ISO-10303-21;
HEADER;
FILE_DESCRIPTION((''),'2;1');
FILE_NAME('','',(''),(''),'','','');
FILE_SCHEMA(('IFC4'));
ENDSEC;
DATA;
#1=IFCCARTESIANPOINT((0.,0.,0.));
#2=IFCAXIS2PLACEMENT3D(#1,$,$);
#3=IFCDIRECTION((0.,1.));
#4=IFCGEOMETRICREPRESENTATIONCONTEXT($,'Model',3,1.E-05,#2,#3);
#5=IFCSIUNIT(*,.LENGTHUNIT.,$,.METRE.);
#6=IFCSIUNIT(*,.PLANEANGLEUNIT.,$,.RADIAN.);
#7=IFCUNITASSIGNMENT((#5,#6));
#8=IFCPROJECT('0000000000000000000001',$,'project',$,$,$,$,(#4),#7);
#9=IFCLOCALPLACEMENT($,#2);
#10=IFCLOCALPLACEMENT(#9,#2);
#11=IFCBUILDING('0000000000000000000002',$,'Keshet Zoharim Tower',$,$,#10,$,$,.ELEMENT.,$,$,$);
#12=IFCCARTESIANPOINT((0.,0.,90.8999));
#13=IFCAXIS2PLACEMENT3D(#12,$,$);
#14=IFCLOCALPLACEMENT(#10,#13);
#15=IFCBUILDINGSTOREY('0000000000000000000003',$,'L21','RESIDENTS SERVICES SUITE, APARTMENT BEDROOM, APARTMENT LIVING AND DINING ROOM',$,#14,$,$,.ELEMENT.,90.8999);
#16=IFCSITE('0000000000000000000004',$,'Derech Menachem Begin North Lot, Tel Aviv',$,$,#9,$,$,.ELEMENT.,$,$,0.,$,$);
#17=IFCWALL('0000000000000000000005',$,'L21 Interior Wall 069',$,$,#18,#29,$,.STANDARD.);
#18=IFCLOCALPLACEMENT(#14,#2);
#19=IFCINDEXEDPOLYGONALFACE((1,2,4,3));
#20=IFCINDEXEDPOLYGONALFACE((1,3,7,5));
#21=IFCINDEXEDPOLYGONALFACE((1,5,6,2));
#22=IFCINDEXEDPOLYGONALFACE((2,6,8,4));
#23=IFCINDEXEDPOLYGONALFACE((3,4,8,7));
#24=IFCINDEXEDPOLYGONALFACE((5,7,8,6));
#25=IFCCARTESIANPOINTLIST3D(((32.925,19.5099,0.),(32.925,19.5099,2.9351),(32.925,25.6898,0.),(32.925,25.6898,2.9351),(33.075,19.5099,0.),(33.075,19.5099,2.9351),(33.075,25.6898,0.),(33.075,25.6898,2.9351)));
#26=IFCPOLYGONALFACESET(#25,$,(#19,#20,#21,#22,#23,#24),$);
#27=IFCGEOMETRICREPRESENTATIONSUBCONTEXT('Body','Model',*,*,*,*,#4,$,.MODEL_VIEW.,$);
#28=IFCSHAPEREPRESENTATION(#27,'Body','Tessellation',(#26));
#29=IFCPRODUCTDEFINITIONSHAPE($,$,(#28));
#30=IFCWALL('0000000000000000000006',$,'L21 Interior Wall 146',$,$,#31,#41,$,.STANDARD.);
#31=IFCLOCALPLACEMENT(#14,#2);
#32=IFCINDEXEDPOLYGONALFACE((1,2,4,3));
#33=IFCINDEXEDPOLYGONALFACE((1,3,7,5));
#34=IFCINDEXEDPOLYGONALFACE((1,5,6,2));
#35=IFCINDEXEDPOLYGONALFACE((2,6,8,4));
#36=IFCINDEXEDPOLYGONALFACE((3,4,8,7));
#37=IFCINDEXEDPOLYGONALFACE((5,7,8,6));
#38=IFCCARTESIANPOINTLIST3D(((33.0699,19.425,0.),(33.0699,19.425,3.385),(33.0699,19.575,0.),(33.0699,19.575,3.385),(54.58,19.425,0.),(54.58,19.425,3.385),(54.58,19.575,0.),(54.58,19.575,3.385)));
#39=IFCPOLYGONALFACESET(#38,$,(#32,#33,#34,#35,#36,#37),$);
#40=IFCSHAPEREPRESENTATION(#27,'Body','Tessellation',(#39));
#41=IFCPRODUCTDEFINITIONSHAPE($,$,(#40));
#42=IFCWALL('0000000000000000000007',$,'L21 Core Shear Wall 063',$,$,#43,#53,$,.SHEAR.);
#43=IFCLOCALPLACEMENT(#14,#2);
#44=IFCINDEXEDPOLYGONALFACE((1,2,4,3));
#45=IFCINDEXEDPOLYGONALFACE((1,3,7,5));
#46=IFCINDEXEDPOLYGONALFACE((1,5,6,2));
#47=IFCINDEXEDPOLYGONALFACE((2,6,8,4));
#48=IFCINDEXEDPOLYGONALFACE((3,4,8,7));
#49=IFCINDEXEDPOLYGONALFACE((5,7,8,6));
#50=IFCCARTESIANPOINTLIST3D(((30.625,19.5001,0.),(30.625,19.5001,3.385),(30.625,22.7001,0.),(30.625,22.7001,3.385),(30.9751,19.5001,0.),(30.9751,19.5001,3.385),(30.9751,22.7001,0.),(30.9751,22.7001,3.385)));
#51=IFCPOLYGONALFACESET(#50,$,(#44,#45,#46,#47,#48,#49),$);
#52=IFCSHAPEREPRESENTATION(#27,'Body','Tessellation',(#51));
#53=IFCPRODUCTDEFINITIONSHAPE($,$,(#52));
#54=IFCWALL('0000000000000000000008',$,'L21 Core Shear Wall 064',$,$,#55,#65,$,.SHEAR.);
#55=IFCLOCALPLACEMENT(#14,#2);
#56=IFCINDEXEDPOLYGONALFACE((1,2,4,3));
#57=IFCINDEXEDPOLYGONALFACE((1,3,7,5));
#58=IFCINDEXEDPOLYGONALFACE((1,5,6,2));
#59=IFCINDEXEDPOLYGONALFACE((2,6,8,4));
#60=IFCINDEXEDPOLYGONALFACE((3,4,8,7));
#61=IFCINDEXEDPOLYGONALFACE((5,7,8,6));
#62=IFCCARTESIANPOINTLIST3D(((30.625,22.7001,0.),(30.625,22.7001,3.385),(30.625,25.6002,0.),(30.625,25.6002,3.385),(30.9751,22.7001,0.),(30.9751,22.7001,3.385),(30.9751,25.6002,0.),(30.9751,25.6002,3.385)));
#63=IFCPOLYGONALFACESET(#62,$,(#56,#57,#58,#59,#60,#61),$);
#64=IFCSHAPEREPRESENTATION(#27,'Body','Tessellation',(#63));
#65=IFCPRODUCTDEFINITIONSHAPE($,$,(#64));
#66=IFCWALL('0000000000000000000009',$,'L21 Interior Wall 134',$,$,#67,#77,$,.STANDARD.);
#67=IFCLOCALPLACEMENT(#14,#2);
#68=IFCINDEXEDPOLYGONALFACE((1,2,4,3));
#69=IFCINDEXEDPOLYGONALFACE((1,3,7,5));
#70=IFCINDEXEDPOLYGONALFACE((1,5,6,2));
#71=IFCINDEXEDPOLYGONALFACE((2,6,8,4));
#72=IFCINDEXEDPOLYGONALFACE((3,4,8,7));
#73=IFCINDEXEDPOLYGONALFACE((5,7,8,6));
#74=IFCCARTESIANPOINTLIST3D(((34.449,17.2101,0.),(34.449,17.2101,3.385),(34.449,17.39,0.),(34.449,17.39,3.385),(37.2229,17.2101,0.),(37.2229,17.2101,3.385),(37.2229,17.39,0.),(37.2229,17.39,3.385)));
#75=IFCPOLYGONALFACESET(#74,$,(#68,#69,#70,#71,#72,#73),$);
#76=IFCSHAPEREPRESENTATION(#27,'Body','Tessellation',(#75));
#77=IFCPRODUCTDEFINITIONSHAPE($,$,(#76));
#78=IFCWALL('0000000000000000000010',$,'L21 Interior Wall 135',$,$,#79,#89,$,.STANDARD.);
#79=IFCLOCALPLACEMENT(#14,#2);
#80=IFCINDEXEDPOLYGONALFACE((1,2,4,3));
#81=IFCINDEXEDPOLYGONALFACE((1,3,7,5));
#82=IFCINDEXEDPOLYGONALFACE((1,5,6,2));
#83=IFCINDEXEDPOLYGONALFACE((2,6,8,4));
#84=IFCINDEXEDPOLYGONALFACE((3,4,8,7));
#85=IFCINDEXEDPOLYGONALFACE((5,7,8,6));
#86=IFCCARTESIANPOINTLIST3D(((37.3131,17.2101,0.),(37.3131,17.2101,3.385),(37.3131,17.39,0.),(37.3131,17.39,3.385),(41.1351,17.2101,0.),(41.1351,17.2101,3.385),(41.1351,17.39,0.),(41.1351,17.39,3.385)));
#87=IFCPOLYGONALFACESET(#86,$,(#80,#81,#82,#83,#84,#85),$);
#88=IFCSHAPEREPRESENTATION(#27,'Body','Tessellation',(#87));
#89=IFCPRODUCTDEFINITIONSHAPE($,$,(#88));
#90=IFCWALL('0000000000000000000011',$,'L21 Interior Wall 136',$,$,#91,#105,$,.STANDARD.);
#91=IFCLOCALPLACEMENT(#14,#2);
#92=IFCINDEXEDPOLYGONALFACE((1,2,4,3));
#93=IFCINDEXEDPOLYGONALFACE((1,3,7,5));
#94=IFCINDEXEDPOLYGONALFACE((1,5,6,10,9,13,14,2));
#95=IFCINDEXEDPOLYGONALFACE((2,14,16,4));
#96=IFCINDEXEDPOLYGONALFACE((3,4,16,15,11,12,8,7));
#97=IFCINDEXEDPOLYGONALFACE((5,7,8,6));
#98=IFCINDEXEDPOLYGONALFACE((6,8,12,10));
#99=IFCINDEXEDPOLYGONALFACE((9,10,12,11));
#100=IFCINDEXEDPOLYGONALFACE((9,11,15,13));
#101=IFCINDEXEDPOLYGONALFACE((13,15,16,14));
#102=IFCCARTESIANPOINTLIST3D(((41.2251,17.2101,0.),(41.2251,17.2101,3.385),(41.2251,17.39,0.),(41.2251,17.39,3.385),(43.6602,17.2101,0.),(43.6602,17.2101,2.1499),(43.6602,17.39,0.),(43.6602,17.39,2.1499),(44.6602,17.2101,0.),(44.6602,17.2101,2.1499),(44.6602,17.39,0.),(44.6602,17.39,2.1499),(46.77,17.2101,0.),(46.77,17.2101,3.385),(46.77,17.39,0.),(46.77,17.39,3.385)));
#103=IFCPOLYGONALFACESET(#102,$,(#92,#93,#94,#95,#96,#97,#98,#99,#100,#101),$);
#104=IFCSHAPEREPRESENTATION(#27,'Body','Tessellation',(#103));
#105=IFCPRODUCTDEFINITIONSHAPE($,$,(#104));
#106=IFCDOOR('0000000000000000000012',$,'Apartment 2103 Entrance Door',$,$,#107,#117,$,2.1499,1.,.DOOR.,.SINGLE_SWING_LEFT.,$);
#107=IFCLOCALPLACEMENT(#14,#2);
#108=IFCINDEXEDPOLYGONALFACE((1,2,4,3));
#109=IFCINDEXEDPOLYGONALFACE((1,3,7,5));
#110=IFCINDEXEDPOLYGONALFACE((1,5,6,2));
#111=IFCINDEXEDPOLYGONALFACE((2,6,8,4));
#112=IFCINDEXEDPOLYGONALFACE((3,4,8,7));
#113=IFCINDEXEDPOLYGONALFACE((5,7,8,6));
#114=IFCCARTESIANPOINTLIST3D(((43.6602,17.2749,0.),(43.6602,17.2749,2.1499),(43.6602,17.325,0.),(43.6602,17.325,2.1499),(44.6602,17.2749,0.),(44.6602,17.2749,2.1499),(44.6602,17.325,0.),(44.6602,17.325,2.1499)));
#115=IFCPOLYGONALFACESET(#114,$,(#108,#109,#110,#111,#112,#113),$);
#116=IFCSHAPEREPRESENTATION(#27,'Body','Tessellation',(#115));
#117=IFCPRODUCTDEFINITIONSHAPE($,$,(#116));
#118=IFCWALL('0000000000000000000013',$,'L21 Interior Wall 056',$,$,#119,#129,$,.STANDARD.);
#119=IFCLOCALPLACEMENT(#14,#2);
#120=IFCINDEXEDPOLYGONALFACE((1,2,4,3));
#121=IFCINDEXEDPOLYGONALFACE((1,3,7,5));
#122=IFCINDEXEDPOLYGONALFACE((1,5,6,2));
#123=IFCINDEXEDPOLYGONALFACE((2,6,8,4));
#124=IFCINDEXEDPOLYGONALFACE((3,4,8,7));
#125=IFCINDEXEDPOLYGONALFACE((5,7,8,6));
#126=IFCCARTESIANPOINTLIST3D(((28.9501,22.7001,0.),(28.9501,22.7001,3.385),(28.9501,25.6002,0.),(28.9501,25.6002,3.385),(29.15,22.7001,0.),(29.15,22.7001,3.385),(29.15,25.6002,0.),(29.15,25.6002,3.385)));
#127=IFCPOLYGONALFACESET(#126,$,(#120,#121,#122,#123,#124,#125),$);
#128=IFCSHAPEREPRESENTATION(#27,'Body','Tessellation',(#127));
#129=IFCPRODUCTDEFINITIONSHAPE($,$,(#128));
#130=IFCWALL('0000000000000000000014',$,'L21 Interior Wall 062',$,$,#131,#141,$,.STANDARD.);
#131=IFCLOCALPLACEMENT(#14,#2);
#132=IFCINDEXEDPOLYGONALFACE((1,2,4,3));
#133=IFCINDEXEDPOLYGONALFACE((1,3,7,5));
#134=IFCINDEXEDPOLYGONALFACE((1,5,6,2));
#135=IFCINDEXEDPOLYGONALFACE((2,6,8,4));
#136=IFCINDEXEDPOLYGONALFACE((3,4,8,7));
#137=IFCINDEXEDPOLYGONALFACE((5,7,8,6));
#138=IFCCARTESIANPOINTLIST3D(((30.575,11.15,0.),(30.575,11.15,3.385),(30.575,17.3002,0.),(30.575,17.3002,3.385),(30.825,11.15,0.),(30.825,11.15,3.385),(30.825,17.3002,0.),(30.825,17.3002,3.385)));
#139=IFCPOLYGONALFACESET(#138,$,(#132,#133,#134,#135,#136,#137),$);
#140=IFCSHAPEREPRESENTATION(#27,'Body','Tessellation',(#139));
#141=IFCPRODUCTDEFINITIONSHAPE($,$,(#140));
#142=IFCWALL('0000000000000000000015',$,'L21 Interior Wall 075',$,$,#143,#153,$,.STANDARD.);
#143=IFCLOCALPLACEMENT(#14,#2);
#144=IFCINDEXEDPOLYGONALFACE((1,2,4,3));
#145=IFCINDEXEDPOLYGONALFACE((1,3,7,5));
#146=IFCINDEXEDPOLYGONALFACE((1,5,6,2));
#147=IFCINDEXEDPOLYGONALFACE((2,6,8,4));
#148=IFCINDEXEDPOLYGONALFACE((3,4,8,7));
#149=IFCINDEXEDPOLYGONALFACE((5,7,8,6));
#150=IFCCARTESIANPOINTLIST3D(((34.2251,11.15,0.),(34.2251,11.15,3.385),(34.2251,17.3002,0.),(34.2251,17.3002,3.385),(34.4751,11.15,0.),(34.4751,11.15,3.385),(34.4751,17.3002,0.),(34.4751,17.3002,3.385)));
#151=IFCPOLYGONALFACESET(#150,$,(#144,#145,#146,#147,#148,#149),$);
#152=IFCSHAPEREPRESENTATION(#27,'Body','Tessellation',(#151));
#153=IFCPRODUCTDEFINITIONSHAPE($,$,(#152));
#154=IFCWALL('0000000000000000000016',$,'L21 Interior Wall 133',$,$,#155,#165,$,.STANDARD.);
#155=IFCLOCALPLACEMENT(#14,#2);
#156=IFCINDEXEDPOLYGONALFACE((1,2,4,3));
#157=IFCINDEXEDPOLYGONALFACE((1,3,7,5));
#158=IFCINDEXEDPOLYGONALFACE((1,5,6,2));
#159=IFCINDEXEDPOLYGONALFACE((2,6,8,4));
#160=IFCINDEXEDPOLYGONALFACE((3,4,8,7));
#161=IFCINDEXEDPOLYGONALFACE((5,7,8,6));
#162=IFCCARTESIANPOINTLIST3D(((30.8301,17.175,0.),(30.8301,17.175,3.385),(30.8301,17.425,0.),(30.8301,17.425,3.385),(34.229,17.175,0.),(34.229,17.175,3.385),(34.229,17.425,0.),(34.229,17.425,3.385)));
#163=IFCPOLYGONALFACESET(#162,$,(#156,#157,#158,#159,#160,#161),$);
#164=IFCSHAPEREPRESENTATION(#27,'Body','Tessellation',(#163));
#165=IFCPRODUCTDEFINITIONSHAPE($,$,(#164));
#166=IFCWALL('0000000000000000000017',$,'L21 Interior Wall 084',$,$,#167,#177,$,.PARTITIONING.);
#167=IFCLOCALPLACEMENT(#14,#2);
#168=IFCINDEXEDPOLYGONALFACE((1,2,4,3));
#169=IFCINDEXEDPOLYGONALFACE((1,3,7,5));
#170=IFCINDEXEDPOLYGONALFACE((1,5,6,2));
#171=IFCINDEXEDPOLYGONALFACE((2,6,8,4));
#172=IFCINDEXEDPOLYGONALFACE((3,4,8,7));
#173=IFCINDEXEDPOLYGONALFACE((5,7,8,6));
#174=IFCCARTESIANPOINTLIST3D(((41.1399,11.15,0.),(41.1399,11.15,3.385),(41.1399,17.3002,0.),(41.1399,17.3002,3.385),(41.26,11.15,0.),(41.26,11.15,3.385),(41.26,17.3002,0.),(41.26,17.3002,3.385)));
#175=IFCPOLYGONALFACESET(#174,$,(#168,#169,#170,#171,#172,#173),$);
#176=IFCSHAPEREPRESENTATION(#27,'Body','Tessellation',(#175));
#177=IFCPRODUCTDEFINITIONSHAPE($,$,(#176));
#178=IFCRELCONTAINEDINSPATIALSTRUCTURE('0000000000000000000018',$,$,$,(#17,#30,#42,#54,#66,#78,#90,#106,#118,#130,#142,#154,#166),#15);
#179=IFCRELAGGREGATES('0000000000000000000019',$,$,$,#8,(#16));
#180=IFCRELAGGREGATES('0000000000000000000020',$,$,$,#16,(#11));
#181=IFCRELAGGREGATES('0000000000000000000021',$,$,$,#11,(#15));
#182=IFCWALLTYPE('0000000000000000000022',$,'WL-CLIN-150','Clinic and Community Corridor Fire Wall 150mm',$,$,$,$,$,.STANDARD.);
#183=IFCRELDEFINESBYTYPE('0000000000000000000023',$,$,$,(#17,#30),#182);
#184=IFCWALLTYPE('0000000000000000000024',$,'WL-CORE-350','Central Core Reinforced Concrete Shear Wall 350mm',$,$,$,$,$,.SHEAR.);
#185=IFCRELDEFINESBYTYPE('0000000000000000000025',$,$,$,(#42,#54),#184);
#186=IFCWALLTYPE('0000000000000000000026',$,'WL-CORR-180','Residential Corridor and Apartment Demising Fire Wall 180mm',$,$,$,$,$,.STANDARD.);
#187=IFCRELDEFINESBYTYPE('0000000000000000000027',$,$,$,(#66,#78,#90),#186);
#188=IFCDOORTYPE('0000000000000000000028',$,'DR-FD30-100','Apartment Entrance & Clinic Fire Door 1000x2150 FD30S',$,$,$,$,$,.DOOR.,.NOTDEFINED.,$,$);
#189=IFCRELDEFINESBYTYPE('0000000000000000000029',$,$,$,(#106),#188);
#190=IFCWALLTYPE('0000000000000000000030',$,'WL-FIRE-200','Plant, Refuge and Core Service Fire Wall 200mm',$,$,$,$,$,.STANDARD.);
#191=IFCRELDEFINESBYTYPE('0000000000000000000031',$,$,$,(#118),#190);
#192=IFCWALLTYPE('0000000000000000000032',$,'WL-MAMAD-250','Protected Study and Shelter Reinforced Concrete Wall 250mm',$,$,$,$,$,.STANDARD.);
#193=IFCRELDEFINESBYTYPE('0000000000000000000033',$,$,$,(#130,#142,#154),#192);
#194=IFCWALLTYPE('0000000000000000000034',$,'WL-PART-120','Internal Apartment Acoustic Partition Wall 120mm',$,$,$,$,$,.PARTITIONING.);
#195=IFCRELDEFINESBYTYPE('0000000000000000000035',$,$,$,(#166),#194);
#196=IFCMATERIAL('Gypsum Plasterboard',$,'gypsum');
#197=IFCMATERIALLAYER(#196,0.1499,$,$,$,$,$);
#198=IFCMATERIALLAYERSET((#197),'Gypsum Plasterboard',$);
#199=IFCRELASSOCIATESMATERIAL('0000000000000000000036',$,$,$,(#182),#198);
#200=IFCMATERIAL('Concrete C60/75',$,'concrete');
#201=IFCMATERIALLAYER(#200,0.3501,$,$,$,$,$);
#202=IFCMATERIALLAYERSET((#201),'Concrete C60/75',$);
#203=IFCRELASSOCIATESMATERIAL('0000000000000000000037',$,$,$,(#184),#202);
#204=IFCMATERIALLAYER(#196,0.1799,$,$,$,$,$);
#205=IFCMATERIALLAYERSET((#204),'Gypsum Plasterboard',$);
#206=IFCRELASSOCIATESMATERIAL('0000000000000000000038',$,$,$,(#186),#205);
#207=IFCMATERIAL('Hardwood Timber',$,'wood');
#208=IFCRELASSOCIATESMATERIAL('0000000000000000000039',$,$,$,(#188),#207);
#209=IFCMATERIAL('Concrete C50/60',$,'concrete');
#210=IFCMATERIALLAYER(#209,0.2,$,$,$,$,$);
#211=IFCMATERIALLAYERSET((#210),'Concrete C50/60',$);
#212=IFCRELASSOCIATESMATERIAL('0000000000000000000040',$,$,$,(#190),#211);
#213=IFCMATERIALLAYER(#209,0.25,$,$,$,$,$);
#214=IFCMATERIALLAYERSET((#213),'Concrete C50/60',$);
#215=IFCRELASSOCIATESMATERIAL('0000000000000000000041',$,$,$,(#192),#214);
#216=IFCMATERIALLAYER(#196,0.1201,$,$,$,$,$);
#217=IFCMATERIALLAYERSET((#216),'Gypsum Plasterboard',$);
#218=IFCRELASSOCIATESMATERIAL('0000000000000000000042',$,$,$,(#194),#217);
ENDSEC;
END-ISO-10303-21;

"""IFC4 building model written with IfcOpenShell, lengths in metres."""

from ifc_helpers import new_model, si_unit, direction, frame, frame_2d, origin, place, context, subcontext, project, spatial, rectangle, extrude, material, layer, layer_set, type_object, element, fill, save


model = new_model("IFC4")

# Units and contexts
model_context = context("Model", 3, precision=1e-05, world=origin(), true_north=direction((0.0, 1.0)))
body_context = subcontext(model_context, "Body", "Model", "MODEL_VIEW")
ifc_project = project(units=[si_unit("LENGTHUNIT", "METRE"), si_unit("PLANEANGLEUNIT", "RADIAN")], contexts=[model_context])

# Site, building, storey
site_placement = place(None, origin())
site = spatial("IfcSite", under=ifc_project, at=site_placement, Name="Derech Menachem Begin North Lot, Tel Aviv", CompositionType="ELEMENT", RefElevation=0.0)
building_placement = place(site_placement, origin())
building = spatial("IfcBuilding", under=site, at=building_placement, Name="Keshet Zoharim Tower", CompositionType="ELEMENT")
storey_placement = place(building_placement, frame((0.0, 0.0, 90.8999)))
storey = spatial("IfcBuildingStorey", under=building, at=storey_placement, Name="L21", Description="RESIDENTS SERVICES SUITE, APARTMENT BEDROOM, APARTMENT LIVING AND DINING ROOM", CompositionType="ELEMENT", Elevation=90.8999)

# Shared definitions
ifc_material_1 = material(Name="Concrete C60/75", Category="concrete")

# Walls
ifc_material_2 = material(Name="Gypsum Plasterboard", Category="gypsum")
ifc_layer_1 = layer(ifc_material_2, 0.1499)
ifc_layer_set_1 = layer_set([ifc_layer_1], Name="Gypsum Plasterboard")
wall_type_1 = type_object("IfcWallType", Name="WL-CLIN-150", Description="Clinic and Community Corridor Fire Wall 150mm", PredefinedType="STANDARD", material=ifc_layer_set_1)
wall_1_placement = place(storey_placement, frame((33.0, 19.51, 0.0), z_axis=(0.0, 0.0, 1.0), x_axis=(0.0, 1.0, 0.0)))
element("IfcWall", 1, at=wall_1_placement, inside=storey, type_object=wall_type_1, Name="L21 Interior Wall 069", PredefinedType="STANDARD", context=body_context, shape_type="SweptSolid", body=[
    extrude(rectangle(XDim=6.1799, YDim=0.1499, at=frame_2d((3.0898, 0.0))), origin(), (0.0, 0.0, 1.0), 2.9351),
])
wall_2_placement = place(storey_placement, frame((33.0701, 19.5, 0.0), z_axis=(0.0, 0.0, 1.0), x_axis=(1.0, 0.0, 0.0)))
element("IfcWall", 2, at=wall_2_placement, inside=storey, type_object=wall_type_1, Name="L21 Interior Wall 146", PredefinedType="STANDARD", context=body_context, shape_type="SweptSolid", body=[
    extrude(rectangle(XDim=21.51, YDim=0.1499, at=frame_2d((10.7549, 0.0))), origin(), (0.0, 0.0, 1.0), 3.385),
])
ifc_layer_2 = layer(ifc_material_1, 0.3501)
ifc_layer_set_2 = layer_set([ifc_layer_2], Name="Concrete C60/75")
wall_type_2 = type_object("IfcWallType", Name="WL-CORE-350", Description="Central Core Reinforced Concrete Shear Wall 350mm", PredefinedType="SHEAR", material=ifc_layer_set_2)
wall_3_placement = place(storey_placement, frame((30.8, 19.5, 0.0), z_axis=(0.0, 0.0, 1.0), x_axis=(0.0, 1.0, 0.0)))
element("IfcWall", 3, at=wall_3_placement, inside=storey, type_object=wall_type_2, Name="L21 Core Shear Wall 063", PredefinedType="SHEAR", context=body_context, shape_type="SweptSolid", body=[
    extrude(rectangle(XDim=3.2, YDim=0.3501, at=frame_2d((1.6001, 0.0))), origin(), (0.0, 0.0, 1.0), 3.385),
])
wall_4_placement = place(storey_placement, frame((30.8, 22.7, 0.0), z_axis=(0.0, 0.0, 1.0), x_axis=(0.0, 1.0, 0.0)))
element("IfcWall", 4, at=wall_4_placement, inside=storey, type_object=wall_type_2, Name="L21 Core Shear Wall 064", PredefinedType="SHEAR", context=body_context, shape_type="SweptSolid", body=[
    extrude(rectangle(XDim=2.9001, YDim=0.3501, at=frame_2d((1.4502, 0.0))), origin(), (0.0, 0.0, 1.0), 3.385),
])
ifc_layer_3 = layer(ifc_material_2, 0.1799)
ifc_layer_set_3 = layer_set([ifc_layer_3], Name="Gypsum Plasterboard")
wall_type_3 = type_object("IfcWallType", Name="WL-CORR-180", Description="Residential Corridor and Apartment Demising Fire Wall 180mm", PredefinedType="STANDARD", material=ifc_layer_set_3)
wall_5_placement = place(storey_placement, frame((34.449, 17.3, 0.0), z_axis=(0.0, 0.0, 1.0), x_axis=(1.0, 0.0, 0.0)))
element("IfcWall", 5, at=wall_5_placement, inside=storey, type_object=wall_type_3, Name="L21 Interior Wall 134", PredefinedType="STANDARD", context=body_context, shape_type="SweptSolid", body=[
    extrude(rectangle(XDim=2.7739, YDim=0.1799, at=frame_2d((1.387, 0.0))), origin(), (0.0, 0.0, 1.0), 3.385),
])
wall_6_placement = place(storey_placement, frame((37.313, 17.3, 0.0), z_axis=(0.0, 0.0, 1.0), x_axis=(1.0, 0.0, 0.0)))
element("IfcWall", 6, at=wall_6_placement, inside=storey, type_object=wall_type_3, Name="L21 Interior Wall 135", PredefinedType="STANDARD", context=body_context, shape_type="SweptSolid", body=[
    extrude(rectangle(XDim=3.822, YDim=0.1799, at=frame_2d((1.9111, 0.0))), origin(), (0.0, 0.0, 1.0), 3.385),
])

# Wall, opening, door
wall_7_placement = place(storey_placement, frame((41.2251, 17.3, 0.0), z_axis=(0.0, 0.0, 1.0), x_axis=(1.0, 0.0, 0.0)))
wall_7 = element("IfcWall", 7, at=wall_7_placement, inside=storey, type_object=wall_type_3, Name="L21 Interior Wall 136", PredefinedType="STANDARD", context=body_context, shape_type="SweptSolid", body=[
    extrude(rectangle(XDim=5.5449, YDim=0.1799, at=frame_2d((2.7725, 0.0))), origin(), (0.0, 0.0, 1.0), 3.385),
])
opening_1_placement = place(wall_7_placement, frame((2.4351, 0.0, 0.0)))
opening_1 = element("IfcOpeningElement", 8, at=opening_1_placement, cuts=wall_7, PredefinedType="OPENING", context=body_context, shape_type="SweptSolid", body=[
    extrude(rectangle(XDim=1.0, YDim=2.1499, at=frame_2d((0.5, 1.075))), frame((0.0, 0.1001, 0.0), z_axis=(0.0, -1.0, 0.0), x_axis=(1.0, 0.0, 0.0)), (0.0, 0.0, 1.0), 0.2),
])
ifc_material_3 = material(Name="Hardwood Timber", Category="wood")
door_type_1 = type_object("IfcDoorType", Name="DR-FD30-100", Description="Apartment Entrance & Clinic Fire Door 1000x2150 FD30S", OperationType="NOTDEFINED", PredefinedType="DOOR", material=ifc_material_3)
door_1_placement = place(opening_1_placement, origin())
door_1 = element("IfcDoor", 9, at=door_1_placement, inside=storey, type_object=door_type_1, Name="Apartment 2103 Entrance Door", OperationType="SINGLE_SWING_LEFT", OverallHeight=2.1499, OverallWidth=1.0, PredefinedType="DOOR", context=body_context, shape_type="SweptSolid", body=[
    extrude(rectangle(XDim=1.0, YDim=2.1499, at=frame_2d((0.5, 1.075))), frame((0.0, 0.0249, 0.0), z_axis=(0.0, -1.0, 0.0), x_axis=(1.0, 0.0, 0.0)), (0.0, 0.0, 1.0), 0.05),
])
fill(opening_1, door_1)

# Walls
ifc_material_4 = material(Name="Concrete C50/60", Category="concrete")
ifc_layer_4 = layer(ifc_material_4, 0.2)
ifc_layer_set_4 = layer_set([ifc_layer_4], Name="Concrete C50/60")
wall_type_4 = type_object("IfcWallType", Name="WL-FIRE-200", Description="Plant, Refuge and Core Service Fire Wall 200mm", PredefinedType="STANDARD", material=ifc_layer_set_4)
wall_8_placement = place(storey_placement, frame((29.05, 22.7, 0.0), z_axis=(0.0, 0.0, 1.0), x_axis=(0.0, 1.0, 0.0)))
element("IfcWall", 10, at=wall_8_placement, inside=storey, type_object=wall_type_4, Name="L21 Interior Wall 056", PredefinedType="STANDARD", context=body_context, shape_type="SweptSolid", body=[
    extrude(rectangle(XDim=2.9001, YDim=0.2, at=frame_2d((1.4502, 0.0))), origin(), (0.0, 0.0, 1.0), 3.385),
])
ifc_layer_5 = layer(ifc_material_4, 0.25)
ifc_layer_set_5 = layer_set([ifc_layer_5], Name="Concrete C50/60")
wall_type_5 = type_object("IfcWallType", Name="WL-MAMAD-250", Description="Protected Study and Shelter Reinforced Concrete Wall 250mm", PredefinedType="STANDARD", material=ifc_layer_set_5)
for number, where, z_axis, x_axis, name in (
    (11, (30.7, 11.1499, 0.0), (0.0, 0.0, 1.0), (0.0, 1.0, 0.0), "L21 Interior Wall 062"),
    (12, (34.3501, 11.1499, 0.0), (0.0, 0.0, 1.0), (0.0, 1.0, 0.0), "L21 Interior Wall 075"),
):
    element("IfcWall", number, at=place(storey_placement, frame(where, z_axis=z_axis, x_axis=x_axis)), inside=storey, type_object=wall_type_5, Name=name, PredefinedType="STANDARD", context=body_context, shape_type="SweptSolid", body=[
        extrude(rectangle(XDim=6.1501, YDim=0.25, at=frame_2d((3.0752, 0.0))), origin(), (0.0, 0.0, 1.0), 3.385),
    ])

# Walls
wall_9_placement = place(storey_placement, frame((30.8301, 17.3, 0.0), z_axis=(0.0, 0.0, 1.0), x_axis=(1.0, 0.0, 0.0)))
element("IfcWall", 13, at=wall_9_placement, inside=storey, type_object=wall_type_5, Name="L21 Interior Wall 133", PredefinedType="STANDARD", context=body_context, shape_type="SweptSolid", body=[
    extrude(rectangle(XDim=3.3989, YDim=0.25, at=frame_2d((1.6995, 0.0))), origin(), (0.0, 0.0, 1.0), 3.385),
])
ifc_layer_6 = layer(ifc_material_2, 0.1201)
ifc_layer_set_6 = layer_set([ifc_layer_6], Name="Gypsum Plasterboard")
wall_type_6 = type_object("IfcWallType", Name="WL-PART-120", Description="Internal Apartment Acoustic Partition Wall 120mm", PredefinedType="PARTITIONING", material=ifc_layer_set_6)
wall_10_placement = place(storey_placement, frame((41.2, 11.1499, 0.0), z_axis=(0.0, 0.0, 1.0), x_axis=(0.0, 1.0, 0.0)))
element("IfcWall", 14, at=wall_10_placement, inside=storey, type_object=wall_type_6, Name="L21 Interior Wall 084", PredefinedType="PARTITIONING", context=body_context, shape_type="SweptSolid", body=[
    extrude(rectangle(XDim=6.1501, YDim=0.1201, at=frame_2d((3.0752, 0.0))), origin(), (0.0, 0.0, 1.0), 3.385),
])

save(model, "model.ifc")
